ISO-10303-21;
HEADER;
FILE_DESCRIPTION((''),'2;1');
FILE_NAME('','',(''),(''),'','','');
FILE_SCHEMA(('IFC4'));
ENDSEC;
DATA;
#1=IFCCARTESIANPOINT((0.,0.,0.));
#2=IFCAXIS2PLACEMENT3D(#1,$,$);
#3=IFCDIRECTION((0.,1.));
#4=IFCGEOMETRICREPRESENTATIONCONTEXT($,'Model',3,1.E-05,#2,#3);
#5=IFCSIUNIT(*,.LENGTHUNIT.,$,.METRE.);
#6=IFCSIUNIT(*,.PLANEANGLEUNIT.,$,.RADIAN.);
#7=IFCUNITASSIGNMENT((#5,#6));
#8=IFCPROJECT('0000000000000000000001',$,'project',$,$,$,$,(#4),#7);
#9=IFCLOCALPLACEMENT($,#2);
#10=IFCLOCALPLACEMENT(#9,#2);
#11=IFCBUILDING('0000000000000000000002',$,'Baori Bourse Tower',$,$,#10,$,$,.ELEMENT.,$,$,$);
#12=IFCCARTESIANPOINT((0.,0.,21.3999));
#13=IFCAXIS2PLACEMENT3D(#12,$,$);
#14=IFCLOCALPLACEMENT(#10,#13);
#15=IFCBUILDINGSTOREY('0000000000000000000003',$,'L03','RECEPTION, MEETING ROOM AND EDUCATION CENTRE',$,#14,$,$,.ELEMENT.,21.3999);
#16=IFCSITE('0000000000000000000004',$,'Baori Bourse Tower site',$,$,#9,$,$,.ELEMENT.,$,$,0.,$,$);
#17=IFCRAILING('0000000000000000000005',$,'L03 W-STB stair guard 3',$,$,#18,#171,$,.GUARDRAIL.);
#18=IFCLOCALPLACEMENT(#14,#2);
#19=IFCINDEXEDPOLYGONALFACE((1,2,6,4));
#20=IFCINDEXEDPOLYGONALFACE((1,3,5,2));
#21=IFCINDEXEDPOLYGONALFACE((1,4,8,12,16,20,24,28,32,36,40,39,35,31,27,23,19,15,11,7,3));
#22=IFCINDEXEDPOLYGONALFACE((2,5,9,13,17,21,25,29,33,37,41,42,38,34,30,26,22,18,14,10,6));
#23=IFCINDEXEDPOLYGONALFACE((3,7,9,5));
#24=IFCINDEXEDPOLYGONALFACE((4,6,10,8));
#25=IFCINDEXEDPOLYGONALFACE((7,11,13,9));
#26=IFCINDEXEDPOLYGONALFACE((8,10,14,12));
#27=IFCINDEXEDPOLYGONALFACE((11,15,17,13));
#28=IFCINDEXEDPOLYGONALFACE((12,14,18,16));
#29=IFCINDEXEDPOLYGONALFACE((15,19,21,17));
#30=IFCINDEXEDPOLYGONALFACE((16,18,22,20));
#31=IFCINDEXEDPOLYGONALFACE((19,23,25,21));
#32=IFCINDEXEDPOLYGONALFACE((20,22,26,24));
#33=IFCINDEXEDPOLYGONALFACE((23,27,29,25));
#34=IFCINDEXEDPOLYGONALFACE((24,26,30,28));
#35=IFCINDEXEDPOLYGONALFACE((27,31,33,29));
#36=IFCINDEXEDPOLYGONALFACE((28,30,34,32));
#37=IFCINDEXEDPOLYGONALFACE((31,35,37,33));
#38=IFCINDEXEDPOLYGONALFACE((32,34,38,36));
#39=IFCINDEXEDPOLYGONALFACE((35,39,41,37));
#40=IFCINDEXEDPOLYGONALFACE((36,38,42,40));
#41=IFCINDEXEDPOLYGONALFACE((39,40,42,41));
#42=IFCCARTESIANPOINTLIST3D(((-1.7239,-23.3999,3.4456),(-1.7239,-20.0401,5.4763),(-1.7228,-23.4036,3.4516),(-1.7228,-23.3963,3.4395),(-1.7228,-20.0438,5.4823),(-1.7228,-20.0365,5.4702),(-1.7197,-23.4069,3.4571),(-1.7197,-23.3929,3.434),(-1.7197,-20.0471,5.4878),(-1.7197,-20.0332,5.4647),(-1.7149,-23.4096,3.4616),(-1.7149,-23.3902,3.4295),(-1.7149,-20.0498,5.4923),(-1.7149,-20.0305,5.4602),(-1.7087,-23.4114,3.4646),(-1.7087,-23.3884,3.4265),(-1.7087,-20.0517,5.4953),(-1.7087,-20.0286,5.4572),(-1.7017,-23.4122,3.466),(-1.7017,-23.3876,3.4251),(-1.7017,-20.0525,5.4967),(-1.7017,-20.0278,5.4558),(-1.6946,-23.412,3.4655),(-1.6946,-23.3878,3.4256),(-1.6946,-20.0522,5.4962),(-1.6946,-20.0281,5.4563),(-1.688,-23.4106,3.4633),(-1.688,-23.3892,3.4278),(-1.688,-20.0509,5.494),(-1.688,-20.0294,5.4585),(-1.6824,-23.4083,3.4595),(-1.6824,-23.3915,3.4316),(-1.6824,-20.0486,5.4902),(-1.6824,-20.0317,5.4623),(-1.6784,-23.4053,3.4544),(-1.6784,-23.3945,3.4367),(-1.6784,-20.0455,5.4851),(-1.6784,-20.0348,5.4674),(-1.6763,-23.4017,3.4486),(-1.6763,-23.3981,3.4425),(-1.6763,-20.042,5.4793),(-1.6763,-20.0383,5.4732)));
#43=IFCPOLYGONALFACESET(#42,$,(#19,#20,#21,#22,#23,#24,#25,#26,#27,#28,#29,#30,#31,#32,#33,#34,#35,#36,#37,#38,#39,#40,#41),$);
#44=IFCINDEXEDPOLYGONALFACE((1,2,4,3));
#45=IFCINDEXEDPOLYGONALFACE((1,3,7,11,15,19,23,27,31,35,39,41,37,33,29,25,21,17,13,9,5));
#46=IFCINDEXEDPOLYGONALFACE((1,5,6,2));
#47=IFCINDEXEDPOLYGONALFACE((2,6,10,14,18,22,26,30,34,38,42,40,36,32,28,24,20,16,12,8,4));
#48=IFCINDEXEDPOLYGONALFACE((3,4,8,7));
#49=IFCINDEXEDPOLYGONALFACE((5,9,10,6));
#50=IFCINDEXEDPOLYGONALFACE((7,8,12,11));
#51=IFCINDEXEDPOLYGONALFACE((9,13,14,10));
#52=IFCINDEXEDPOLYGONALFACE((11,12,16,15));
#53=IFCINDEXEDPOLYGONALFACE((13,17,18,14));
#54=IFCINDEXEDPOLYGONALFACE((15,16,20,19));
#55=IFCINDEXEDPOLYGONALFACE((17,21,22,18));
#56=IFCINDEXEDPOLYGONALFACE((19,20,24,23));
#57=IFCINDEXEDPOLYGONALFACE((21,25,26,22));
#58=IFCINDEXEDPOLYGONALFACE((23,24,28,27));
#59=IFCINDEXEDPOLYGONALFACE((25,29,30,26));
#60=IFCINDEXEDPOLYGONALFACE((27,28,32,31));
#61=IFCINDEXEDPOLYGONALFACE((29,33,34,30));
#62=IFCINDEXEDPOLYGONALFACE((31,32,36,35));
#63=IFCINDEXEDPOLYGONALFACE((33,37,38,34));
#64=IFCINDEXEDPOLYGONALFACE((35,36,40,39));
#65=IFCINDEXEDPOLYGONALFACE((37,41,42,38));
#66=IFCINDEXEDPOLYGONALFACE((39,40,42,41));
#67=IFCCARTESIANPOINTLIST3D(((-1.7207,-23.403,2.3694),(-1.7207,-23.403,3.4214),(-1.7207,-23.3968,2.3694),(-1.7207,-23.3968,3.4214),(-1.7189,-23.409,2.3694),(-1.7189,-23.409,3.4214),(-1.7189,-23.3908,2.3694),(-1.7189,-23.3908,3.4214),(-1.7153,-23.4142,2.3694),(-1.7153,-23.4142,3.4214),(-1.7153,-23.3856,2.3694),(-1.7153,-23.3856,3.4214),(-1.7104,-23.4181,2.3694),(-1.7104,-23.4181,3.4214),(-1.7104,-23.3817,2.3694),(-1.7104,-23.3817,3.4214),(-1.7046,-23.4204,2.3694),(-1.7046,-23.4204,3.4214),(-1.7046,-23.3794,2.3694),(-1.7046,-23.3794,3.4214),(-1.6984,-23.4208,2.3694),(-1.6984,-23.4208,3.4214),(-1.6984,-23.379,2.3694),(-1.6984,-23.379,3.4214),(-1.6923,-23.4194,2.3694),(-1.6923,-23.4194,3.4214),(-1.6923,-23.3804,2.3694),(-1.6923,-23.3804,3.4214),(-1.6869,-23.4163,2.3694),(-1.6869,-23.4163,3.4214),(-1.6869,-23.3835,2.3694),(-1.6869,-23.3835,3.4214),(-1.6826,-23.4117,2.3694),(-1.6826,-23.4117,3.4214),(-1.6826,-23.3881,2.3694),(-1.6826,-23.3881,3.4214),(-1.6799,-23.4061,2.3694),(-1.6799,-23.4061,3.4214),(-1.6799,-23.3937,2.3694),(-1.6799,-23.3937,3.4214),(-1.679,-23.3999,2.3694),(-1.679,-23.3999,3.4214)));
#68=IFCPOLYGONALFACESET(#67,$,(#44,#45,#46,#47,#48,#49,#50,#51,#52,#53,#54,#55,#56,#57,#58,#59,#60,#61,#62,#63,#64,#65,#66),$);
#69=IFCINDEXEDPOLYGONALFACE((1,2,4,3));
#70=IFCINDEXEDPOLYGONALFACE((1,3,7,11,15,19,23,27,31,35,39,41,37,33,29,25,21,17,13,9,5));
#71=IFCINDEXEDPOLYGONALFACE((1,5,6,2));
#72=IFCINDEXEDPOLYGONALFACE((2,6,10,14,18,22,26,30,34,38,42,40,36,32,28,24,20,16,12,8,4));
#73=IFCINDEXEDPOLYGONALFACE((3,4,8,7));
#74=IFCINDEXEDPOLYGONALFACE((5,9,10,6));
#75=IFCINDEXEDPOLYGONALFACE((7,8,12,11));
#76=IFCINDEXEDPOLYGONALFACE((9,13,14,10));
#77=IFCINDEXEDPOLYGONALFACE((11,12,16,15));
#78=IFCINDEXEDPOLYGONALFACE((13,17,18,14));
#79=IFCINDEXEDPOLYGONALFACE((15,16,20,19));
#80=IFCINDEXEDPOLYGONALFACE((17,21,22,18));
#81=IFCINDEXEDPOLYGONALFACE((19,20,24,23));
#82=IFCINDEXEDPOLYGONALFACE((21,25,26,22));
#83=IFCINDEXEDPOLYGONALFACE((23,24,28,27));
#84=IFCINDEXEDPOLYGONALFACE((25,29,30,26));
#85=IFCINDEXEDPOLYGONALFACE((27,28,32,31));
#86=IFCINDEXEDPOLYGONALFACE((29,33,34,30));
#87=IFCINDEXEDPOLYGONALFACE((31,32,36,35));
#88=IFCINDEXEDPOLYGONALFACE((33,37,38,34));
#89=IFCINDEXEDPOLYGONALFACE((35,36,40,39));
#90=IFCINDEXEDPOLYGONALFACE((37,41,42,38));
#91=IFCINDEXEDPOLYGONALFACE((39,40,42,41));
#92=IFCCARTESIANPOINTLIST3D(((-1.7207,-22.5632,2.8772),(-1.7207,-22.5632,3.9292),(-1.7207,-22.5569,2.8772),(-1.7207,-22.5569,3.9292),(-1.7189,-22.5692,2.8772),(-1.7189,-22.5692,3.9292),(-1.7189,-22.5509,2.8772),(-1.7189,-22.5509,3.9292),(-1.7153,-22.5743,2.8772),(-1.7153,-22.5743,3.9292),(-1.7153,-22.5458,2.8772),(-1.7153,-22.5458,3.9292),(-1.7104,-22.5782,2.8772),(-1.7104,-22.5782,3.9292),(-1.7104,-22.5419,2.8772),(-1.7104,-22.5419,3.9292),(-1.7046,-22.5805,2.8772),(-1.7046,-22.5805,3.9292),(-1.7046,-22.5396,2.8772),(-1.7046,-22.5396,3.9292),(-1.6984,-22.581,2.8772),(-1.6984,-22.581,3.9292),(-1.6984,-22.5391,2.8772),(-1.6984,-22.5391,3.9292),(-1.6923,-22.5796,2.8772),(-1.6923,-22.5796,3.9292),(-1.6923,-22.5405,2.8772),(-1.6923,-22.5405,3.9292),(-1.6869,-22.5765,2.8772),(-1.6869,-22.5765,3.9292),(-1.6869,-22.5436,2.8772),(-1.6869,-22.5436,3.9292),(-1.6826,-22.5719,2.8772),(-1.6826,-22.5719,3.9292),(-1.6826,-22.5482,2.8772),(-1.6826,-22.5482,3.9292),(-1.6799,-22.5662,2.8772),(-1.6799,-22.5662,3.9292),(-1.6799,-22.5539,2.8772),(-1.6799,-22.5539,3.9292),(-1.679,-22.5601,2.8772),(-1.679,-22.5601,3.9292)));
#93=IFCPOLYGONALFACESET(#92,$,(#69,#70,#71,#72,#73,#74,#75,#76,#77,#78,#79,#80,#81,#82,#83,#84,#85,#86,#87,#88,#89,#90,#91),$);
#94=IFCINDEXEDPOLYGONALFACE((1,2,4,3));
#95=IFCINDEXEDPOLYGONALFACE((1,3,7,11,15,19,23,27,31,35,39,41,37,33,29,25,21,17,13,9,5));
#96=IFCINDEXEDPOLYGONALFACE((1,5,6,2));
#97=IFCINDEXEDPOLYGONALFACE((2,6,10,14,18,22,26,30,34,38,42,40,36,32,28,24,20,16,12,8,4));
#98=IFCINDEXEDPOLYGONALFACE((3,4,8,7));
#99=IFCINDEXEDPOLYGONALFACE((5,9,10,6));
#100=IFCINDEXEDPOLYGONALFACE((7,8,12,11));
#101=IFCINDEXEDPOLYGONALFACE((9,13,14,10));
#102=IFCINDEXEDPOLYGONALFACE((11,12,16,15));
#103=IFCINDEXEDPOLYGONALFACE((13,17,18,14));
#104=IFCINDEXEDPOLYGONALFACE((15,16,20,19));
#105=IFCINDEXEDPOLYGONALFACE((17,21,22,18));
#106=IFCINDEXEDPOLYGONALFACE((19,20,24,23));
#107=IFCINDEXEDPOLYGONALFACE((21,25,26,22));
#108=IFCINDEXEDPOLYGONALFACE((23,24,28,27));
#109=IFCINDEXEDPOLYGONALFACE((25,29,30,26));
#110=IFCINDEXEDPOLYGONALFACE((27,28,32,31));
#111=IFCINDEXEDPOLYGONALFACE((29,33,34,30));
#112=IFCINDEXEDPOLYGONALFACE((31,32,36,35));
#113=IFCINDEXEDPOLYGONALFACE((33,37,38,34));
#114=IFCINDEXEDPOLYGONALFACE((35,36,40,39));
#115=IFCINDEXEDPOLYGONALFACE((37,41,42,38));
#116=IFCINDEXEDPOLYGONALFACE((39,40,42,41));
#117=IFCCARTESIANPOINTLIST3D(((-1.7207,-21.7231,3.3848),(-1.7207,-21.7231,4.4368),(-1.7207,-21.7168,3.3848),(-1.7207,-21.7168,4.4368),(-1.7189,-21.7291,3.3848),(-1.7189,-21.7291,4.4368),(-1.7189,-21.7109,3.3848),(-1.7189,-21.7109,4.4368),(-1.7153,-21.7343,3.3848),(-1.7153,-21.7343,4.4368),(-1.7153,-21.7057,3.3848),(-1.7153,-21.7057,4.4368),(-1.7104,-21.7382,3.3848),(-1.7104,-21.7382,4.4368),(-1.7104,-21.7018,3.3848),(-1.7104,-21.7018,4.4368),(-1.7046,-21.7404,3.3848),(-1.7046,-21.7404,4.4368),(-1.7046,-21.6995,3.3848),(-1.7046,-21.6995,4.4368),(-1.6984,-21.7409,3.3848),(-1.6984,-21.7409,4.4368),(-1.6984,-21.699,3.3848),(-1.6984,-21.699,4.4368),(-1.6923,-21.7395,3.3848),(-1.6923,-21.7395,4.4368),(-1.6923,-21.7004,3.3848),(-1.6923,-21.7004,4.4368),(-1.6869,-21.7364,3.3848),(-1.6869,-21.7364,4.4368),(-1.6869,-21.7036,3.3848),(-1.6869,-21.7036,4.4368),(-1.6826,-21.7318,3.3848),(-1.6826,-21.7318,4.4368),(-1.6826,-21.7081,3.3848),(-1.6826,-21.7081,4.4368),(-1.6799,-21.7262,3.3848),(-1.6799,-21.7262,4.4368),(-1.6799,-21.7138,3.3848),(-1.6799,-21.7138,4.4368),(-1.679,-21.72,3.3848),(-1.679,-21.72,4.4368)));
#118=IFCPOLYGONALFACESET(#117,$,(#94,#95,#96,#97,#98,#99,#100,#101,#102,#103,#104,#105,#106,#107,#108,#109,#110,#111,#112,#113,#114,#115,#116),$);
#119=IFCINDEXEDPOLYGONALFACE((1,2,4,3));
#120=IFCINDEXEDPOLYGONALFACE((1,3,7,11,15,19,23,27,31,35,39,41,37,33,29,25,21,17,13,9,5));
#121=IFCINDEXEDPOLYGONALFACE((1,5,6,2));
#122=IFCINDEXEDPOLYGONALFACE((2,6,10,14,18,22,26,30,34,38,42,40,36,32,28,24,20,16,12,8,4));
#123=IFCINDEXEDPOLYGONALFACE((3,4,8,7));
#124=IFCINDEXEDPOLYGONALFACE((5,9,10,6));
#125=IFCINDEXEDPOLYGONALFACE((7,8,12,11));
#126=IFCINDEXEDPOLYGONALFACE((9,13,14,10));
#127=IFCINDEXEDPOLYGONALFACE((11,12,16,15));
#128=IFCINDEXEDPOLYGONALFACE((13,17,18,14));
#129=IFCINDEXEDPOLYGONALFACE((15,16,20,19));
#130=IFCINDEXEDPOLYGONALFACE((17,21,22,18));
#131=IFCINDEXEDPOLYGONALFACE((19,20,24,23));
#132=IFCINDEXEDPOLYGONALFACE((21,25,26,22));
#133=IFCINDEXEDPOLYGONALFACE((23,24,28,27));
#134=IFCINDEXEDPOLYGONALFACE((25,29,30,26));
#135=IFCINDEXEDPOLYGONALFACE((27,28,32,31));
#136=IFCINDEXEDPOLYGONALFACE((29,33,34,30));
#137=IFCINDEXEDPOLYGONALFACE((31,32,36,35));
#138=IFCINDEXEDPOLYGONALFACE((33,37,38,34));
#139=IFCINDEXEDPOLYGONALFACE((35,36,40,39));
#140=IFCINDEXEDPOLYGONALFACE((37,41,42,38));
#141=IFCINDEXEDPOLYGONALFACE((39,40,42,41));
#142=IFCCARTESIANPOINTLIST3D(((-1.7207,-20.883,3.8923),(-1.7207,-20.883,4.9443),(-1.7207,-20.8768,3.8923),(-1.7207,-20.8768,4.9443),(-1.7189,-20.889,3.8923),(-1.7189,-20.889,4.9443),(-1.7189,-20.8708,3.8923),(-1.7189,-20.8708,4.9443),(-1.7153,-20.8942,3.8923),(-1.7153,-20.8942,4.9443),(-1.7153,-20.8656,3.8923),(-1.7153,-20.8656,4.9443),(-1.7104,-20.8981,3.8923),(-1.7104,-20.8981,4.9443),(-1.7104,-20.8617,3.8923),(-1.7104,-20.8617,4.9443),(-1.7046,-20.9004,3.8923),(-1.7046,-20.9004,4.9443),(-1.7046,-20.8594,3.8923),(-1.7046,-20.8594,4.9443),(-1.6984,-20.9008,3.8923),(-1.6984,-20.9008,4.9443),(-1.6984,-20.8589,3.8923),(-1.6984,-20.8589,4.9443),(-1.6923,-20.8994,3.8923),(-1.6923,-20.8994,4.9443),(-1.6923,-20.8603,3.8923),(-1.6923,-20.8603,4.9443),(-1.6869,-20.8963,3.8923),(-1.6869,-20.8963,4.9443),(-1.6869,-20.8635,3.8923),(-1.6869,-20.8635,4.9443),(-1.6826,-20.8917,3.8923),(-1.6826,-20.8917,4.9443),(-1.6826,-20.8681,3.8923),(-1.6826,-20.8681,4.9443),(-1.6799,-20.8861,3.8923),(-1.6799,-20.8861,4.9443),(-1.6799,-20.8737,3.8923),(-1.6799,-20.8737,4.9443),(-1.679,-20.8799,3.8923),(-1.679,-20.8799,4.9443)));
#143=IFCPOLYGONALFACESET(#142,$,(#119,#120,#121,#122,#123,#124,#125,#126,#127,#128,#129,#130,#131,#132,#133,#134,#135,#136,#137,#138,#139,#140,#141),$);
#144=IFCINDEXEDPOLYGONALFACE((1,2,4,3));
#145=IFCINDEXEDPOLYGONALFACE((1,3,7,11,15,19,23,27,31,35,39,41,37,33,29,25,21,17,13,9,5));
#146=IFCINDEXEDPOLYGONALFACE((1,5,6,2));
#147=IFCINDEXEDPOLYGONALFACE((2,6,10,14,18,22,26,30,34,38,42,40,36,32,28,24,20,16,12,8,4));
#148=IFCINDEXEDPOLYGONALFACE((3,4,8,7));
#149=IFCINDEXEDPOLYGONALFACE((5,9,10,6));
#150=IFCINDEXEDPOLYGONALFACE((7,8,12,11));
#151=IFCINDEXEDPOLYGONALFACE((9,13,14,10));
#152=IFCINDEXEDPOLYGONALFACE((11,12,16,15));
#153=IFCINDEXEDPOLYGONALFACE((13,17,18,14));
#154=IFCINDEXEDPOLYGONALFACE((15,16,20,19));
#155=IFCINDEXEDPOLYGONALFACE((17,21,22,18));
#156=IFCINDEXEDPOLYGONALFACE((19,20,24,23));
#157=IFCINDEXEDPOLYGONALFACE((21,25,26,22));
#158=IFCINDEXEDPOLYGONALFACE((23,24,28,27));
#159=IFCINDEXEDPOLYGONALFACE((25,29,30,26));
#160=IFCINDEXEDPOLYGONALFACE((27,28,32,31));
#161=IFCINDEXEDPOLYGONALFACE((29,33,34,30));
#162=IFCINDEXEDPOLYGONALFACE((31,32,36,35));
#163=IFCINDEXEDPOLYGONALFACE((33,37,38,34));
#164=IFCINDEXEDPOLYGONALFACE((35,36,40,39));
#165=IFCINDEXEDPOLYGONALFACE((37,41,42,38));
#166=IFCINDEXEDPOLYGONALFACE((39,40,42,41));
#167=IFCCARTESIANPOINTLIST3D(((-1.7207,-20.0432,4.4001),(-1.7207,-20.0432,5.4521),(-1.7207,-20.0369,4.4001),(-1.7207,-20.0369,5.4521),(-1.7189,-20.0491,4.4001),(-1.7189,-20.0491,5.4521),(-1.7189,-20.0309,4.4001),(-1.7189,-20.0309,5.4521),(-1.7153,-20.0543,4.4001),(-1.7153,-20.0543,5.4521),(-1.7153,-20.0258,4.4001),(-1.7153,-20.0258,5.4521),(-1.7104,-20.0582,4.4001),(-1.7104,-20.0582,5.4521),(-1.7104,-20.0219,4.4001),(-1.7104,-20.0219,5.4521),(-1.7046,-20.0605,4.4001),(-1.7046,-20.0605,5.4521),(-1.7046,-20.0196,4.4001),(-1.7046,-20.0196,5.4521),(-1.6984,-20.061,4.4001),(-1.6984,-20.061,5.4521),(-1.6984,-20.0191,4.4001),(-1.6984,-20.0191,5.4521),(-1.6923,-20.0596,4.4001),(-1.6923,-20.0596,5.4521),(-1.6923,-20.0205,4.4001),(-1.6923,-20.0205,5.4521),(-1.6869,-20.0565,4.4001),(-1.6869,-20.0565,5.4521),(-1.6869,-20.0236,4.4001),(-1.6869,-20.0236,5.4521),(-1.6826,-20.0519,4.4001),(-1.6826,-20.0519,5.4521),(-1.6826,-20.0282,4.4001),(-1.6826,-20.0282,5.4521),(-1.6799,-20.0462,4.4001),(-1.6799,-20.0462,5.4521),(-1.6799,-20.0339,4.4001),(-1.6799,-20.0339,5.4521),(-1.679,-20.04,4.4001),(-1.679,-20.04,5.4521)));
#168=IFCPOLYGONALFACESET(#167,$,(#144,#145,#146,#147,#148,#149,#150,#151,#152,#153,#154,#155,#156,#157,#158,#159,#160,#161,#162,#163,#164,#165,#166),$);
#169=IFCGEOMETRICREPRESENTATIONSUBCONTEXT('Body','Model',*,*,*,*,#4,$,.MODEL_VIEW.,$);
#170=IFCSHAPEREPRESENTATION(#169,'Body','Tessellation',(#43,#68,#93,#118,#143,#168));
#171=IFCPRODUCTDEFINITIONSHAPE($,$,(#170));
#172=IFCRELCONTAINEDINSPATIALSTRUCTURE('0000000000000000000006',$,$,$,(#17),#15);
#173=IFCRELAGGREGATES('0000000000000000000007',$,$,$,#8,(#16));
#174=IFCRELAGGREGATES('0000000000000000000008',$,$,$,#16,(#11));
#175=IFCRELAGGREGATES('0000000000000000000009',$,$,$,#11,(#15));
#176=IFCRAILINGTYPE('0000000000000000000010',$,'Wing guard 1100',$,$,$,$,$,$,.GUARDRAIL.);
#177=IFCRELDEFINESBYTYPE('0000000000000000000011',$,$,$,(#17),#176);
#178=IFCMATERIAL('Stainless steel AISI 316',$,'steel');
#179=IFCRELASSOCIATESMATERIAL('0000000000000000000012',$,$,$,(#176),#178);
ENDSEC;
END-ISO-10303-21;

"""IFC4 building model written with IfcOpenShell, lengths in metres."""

from ifc_helpers import new_model, si_unit, direction, frame, origin, origin_2d, place, context, subcontext, project, spatial, circle, extrude, material, type_object, element, save


model = new_model("IFC4")

# Units and contexts
model_context = context("Model", 3, precision=1e-05, world=origin(), true_north=direction((0.0, 1.0)))
body_context = subcontext(model_context, "Body", "Model", "MODEL_VIEW")
ifc_project = project(units=[si_unit("LENGTHUNIT", "METRE"), si_unit("PLANEANGLEUNIT", "RADIAN")], contexts=[model_context])

# Site, building, storey
site_placement = place(None, origin())
site = spatial("IfcSite", under=ifc_project, at=site_placement, Name="Baori Bourse Tower site", CompositionType="ELEMENT", RefElevation=0.0)
building_placement = place(site_placement, origin())
building = spatial("IfcBuilding", under=site, at=building_placement, Name="Baori Bourse Tower", CompositionType="ELEMENT")
storey_placement = place(building_placement, frame((0.0, 0.0, 21.3999)))
storey = spatial("IfcBuildingStorey", under=building, at=storey_placement, Name="L03", Description="RECEPTION, MEETING ROOM AND EDUCATION CENTRE", CompositionType="ELEMENT", Elevation=21.3999)

# Railing
ifc_material_1 = material(Name="Stainless steel AISI 316", Category="steel")
railing_type_1 = type_object("IfcRailingType", Name="Wing guard 1100", PredefinedType="GUARDRAIL", material=ifc_material_1)
railing_1_placement = place(storey_placement, frame((-1.7, -23.3999, 2.3694)))
element("IfcRailing", 1, at=railing_1_placement, inside=storey, type_object=railing_type_1, Name="L03 W-STB stair guard 3", PredefinedType="GUARDRAIL", context=body_context, shape_type="SweptSolid", body=[
    extrude(circle(Radius=0.0239, at=origin_2d()), frame((0.0, 0.0, 1.0762), z_axis=(0.0, 0.85582, 0.517273), x_axis=(-1.0, 0.0, 0.0)), (0.0, 0.0, 1.0), 3.9258),
    extrude(circle(Radius=0.021, at=origin_2d()), origin(), (0.0, 0.0, 1.0), 1.052),
    extrude(circle(Radius=0.021, at=origin_2d()), frame((0.0, 0.8398, 0.5078)), (0.0, 0.0, 1.0), 1.052),
    extrude(circle(Radius=0.021, at=origin_2d()), frame((0.0, 1.6799, 1.0154)), (0.0, 0.0, 1.0), 1.052),
    extrude(circle(Radius=0.021, at=origin_2d()), frame((0.0, 2.52, 1.5229)), (0.0, 0.0, 1.0), 1.052),
    extrude(circle(Radius=0.021, at=origin_2d()), frame((0.0, 3.3599, 2.0308)), (0.0, 0.0, 1.0), 1.052),
])

save(model, "model.ifc")
